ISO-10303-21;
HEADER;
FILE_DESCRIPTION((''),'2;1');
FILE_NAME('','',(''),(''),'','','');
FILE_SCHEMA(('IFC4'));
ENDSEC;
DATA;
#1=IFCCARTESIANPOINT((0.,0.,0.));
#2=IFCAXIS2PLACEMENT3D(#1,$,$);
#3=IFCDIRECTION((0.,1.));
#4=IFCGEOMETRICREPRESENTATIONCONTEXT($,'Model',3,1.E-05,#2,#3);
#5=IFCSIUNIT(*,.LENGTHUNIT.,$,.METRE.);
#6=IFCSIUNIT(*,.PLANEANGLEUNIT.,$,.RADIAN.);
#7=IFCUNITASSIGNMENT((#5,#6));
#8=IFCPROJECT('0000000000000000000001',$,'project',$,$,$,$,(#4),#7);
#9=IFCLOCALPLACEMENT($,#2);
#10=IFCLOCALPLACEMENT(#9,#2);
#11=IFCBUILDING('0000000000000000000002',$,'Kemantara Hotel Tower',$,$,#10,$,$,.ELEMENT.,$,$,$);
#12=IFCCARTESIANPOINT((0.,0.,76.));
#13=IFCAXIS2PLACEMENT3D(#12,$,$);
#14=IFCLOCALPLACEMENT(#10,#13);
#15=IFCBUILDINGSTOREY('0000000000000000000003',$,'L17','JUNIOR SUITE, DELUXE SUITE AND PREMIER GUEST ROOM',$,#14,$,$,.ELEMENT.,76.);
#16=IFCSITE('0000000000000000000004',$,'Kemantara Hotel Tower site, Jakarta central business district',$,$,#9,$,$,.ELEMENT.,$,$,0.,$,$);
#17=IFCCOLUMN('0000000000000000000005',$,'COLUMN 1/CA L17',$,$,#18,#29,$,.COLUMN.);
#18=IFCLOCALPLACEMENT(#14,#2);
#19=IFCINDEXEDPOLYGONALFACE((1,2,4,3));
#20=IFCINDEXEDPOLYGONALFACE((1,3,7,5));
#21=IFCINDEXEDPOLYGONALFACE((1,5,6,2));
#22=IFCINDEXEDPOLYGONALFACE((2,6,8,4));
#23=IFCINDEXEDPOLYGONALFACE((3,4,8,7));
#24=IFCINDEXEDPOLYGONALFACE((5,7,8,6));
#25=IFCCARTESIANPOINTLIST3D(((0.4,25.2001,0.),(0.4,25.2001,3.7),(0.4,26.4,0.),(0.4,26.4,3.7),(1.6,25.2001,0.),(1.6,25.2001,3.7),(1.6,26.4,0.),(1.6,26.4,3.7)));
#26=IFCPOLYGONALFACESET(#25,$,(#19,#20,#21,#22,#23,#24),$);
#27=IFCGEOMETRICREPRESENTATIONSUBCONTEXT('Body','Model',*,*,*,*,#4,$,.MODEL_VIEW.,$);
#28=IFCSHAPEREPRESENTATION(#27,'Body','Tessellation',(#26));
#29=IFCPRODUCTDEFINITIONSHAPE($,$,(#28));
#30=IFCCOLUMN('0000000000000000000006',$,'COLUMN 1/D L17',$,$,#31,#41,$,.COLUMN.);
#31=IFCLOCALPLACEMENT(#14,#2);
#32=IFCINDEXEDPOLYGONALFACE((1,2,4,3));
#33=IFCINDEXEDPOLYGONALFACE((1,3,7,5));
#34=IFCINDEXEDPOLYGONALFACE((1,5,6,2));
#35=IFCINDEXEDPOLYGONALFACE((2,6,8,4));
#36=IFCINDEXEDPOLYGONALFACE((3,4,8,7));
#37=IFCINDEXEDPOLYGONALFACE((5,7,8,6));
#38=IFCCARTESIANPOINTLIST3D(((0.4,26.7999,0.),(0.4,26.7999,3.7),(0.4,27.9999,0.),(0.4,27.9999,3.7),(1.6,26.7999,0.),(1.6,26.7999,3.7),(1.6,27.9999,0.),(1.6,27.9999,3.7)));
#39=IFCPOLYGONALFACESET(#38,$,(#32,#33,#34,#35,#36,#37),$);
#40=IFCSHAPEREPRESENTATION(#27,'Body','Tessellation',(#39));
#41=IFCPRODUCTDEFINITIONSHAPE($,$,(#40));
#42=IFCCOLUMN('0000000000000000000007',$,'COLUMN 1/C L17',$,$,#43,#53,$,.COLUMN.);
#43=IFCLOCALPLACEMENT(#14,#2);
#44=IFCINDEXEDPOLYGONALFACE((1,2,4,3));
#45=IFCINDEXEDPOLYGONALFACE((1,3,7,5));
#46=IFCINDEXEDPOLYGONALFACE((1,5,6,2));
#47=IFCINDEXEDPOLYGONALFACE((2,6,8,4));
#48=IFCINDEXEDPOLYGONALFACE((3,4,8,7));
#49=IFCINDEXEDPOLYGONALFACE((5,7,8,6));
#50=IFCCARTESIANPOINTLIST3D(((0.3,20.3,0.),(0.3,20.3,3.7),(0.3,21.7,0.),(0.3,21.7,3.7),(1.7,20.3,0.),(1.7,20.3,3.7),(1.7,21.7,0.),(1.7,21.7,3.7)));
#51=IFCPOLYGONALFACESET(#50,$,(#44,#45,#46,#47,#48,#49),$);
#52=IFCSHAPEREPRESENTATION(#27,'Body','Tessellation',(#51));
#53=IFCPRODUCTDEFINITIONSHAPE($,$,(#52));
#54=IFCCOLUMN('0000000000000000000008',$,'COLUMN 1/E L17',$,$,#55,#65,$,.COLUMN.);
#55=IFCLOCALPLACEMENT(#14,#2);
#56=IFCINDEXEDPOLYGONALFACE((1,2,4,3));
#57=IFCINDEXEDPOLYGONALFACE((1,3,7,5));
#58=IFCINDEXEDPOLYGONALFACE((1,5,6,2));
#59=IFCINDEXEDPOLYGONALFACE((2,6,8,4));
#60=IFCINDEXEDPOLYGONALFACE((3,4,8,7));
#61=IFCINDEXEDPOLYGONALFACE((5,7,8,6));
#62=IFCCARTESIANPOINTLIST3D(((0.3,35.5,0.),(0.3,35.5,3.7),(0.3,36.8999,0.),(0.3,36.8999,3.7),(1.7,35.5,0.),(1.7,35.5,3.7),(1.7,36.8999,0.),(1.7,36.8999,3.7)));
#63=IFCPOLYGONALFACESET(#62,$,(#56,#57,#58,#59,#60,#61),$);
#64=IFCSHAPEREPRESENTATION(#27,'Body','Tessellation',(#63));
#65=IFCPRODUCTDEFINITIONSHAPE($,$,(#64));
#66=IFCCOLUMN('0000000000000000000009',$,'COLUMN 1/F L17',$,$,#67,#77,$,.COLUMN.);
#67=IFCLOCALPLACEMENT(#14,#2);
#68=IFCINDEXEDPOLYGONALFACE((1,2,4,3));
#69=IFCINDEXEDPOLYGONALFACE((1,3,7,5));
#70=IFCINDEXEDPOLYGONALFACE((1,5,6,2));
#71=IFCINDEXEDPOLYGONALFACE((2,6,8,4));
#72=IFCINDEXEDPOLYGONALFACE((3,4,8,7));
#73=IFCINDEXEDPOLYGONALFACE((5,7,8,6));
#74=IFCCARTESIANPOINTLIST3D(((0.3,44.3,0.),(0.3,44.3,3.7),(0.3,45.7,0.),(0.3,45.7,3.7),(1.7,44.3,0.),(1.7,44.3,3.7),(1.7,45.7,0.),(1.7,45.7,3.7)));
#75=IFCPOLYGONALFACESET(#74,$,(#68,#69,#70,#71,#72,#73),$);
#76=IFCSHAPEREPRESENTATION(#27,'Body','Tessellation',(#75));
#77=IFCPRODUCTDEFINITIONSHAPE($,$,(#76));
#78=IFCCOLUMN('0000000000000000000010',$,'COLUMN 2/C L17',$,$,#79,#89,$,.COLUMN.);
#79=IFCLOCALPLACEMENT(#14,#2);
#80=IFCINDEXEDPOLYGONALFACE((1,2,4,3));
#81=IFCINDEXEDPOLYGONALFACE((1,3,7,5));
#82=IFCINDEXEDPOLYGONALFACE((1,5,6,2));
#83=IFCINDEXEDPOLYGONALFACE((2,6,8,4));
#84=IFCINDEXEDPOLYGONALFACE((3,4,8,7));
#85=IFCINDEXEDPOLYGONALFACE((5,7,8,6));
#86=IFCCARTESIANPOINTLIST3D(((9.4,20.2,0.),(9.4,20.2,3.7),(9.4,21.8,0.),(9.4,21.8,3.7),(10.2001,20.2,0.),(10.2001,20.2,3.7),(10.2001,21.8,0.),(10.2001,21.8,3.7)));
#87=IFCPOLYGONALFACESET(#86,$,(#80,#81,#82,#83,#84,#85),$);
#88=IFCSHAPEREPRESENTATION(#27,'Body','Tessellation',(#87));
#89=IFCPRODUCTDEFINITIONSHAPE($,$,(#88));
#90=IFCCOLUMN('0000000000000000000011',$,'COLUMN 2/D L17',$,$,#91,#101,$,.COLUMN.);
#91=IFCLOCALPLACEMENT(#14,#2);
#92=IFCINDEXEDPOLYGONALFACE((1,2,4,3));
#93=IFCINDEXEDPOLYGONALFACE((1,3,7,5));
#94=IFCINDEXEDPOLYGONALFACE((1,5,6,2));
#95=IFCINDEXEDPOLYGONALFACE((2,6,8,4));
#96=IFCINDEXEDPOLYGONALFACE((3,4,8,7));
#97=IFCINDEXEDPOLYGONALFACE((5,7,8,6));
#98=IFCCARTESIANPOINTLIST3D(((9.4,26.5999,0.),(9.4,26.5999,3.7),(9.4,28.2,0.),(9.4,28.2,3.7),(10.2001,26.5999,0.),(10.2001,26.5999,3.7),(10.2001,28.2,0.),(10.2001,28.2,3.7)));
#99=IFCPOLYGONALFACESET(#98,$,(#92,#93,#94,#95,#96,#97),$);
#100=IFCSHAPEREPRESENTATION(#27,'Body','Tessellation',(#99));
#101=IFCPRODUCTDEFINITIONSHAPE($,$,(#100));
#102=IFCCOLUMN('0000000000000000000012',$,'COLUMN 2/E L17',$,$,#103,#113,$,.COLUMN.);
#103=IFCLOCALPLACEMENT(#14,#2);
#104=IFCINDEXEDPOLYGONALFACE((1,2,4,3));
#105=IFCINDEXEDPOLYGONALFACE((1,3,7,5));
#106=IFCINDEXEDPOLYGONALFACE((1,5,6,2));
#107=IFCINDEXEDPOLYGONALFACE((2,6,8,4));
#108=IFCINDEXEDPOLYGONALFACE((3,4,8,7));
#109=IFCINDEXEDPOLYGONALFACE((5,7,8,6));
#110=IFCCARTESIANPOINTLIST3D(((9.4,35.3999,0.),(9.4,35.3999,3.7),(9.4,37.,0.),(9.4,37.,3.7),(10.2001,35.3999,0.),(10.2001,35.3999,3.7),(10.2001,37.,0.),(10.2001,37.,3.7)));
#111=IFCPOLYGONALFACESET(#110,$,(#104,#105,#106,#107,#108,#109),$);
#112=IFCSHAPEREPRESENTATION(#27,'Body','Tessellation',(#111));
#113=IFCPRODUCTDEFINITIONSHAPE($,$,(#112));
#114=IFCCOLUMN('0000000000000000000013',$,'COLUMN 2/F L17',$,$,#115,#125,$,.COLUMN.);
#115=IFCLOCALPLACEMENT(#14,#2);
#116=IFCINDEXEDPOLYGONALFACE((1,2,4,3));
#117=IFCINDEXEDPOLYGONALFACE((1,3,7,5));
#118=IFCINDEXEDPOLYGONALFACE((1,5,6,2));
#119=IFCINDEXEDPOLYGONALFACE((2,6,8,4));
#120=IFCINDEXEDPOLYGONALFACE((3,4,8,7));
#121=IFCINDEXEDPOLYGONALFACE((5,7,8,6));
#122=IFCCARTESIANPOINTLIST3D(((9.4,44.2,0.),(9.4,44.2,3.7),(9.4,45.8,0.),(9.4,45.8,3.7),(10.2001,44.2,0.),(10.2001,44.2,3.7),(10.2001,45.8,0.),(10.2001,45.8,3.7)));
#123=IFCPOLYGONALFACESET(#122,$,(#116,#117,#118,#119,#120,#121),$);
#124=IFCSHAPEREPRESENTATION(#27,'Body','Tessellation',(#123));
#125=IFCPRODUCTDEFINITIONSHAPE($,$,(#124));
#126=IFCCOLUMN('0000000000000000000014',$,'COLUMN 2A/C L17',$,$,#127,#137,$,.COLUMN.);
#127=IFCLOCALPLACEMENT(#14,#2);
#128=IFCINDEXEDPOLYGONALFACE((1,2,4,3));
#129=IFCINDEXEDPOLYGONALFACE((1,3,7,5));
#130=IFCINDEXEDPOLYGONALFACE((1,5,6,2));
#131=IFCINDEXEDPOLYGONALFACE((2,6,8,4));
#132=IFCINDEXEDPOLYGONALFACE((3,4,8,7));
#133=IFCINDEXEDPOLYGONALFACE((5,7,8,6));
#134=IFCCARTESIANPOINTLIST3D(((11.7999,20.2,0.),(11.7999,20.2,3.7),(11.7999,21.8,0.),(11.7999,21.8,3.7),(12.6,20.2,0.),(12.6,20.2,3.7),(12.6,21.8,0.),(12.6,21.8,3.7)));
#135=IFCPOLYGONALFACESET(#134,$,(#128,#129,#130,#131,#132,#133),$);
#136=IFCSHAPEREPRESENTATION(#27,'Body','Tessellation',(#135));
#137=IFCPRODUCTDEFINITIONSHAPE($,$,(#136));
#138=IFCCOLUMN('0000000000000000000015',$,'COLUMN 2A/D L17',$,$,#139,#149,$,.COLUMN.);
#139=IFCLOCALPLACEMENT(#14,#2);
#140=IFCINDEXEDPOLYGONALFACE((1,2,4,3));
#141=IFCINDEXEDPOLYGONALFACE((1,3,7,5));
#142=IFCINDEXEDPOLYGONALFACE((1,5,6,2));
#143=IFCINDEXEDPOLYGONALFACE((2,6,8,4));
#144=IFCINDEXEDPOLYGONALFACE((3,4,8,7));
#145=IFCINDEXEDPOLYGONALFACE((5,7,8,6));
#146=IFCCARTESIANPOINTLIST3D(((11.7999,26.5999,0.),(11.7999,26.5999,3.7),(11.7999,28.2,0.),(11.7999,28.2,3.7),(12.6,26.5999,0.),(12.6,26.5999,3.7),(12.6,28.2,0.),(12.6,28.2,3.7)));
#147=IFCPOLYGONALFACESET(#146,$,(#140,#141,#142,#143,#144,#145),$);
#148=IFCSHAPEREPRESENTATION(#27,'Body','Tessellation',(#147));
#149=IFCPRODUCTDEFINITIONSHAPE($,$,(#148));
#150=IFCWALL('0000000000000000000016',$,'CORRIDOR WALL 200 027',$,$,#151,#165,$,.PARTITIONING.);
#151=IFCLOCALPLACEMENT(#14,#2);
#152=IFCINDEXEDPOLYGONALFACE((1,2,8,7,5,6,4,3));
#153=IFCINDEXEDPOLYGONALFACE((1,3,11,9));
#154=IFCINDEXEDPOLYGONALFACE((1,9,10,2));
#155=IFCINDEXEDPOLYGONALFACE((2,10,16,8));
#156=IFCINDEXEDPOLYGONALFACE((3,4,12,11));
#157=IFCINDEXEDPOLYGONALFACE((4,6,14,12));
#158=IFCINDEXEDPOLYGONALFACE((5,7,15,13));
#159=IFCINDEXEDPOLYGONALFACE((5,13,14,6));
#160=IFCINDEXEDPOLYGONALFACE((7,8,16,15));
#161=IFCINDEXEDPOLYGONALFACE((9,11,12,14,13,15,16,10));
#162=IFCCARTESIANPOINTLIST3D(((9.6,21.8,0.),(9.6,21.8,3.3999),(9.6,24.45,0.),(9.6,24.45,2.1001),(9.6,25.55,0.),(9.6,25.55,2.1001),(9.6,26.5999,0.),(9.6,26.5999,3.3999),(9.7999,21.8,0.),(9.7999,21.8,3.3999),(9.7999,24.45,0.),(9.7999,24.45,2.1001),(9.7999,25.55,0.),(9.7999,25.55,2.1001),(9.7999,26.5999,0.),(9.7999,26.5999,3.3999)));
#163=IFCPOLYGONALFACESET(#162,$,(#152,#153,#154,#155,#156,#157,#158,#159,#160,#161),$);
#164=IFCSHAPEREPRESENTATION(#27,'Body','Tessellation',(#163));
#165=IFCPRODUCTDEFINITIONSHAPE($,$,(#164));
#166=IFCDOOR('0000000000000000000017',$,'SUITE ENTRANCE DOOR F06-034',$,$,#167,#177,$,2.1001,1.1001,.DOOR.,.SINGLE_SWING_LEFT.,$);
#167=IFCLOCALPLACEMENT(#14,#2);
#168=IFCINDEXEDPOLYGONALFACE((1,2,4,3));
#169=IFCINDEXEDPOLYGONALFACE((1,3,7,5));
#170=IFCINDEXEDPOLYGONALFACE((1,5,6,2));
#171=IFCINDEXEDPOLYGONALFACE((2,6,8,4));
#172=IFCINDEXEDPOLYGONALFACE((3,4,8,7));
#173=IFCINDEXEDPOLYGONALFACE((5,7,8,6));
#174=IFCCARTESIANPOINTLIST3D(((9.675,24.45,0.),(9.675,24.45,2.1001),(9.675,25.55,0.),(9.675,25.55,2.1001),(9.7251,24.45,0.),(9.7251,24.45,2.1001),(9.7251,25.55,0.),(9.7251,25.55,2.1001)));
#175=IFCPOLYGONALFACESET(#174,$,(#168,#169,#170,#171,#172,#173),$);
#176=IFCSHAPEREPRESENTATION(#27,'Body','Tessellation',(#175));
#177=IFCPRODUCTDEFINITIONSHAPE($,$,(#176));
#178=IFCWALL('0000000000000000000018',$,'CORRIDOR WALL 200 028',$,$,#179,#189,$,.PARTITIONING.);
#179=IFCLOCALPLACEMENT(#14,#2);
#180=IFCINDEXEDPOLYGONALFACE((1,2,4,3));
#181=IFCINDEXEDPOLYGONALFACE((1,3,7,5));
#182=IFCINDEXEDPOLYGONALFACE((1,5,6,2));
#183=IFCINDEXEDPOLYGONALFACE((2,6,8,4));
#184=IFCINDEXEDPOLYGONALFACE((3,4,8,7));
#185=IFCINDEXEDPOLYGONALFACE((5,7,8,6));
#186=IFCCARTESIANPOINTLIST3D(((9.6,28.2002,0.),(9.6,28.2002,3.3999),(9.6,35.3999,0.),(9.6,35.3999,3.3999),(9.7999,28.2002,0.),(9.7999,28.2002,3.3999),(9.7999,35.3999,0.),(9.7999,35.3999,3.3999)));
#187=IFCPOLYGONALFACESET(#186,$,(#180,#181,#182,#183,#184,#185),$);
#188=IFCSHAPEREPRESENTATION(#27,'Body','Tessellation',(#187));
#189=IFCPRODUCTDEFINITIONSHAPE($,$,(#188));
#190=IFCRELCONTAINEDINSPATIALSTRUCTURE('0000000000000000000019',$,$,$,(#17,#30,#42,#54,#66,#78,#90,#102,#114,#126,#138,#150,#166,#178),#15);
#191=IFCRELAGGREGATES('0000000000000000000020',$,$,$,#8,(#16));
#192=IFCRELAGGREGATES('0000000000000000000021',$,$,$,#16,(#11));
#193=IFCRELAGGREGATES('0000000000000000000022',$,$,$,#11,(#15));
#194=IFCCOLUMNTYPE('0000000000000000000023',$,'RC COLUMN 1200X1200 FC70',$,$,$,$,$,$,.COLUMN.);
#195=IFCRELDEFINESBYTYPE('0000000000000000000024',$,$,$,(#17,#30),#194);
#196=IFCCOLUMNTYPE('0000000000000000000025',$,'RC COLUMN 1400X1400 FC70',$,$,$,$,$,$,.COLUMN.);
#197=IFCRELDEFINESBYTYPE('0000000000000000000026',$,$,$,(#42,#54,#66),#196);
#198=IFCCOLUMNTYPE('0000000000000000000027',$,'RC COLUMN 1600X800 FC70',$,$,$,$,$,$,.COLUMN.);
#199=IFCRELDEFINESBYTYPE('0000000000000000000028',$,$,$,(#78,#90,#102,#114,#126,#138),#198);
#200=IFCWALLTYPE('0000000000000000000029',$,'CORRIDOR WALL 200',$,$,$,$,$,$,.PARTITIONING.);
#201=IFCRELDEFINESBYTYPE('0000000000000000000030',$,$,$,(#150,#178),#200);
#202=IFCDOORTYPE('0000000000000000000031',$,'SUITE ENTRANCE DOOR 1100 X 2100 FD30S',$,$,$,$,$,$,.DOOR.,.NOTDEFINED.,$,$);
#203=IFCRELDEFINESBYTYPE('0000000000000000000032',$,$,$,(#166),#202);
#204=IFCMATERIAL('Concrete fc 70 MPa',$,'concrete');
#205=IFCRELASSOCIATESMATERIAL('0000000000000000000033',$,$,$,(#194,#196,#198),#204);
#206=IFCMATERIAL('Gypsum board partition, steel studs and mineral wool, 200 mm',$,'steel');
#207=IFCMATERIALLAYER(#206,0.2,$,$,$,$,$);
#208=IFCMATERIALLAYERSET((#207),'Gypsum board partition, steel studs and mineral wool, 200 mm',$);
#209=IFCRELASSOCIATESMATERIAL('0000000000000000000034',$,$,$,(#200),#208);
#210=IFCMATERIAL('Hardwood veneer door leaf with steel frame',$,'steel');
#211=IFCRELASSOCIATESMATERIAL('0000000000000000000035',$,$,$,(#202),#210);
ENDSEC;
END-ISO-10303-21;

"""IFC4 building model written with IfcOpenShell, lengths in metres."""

from ifc_helpers import new_model, si_unit, direction, frame, frame_2d, origin, origin_2d, place, context, subcontext, project, spatial, rectangle, extrude, material, layer, layer_set, material_profile, profile_set, type_object, element, fill, save


model = new_model("IFC4")

# Units and contexts
model_context = context("Model", 3, precision=1e-05, world=origin(), true_north=direction((0.0, 1.0)))
body_context = subcontext(model_context, "Body", "Model", "MODEL_VIEW")
ifc_project = project(units=[si_unit("LENGTHUNIT", "METRE"), si_unit("PLANEANGLEUNIT", "RADIAN")], contexts=[model_context])

# Site, building, storey
site_placement = place(None, origin())
site = spatial("IfcSite", under=ifc_project, at=site_placement, Name="Kemantara Hotel Tower site, Jakarta central business district", CompositionType="ELEMENT", RefElevation=0.0)
building_placement = place(site_placement, origin())
building = spatial("IfcBuilding", under=site, at=building_placement, Name="Kemantara Hotel Tower", CompositionType="ELEMENT")
storey_placement = place(building_placement, frame((0.0, 0.0, 76.0)))
storey = spatial("IfcBuildingStorey", under=building, at=storey_placement, Name="L17", Description="JUNIOR SUITE, DELUXE SUITE AND PREMIER GUEST ROOM", CompositionType="ELEMENT", Elevation=76.0)

# Columns
ifc_material_1 = material(Name="Concrete fc 70 MPa", Category="concrete")
ifc_material_profile_1 = material_profile(ifc_material_1, rectangle(XDim=1.2, YDim=1.2, at=origin_2d()), Name="RC 1200X1200")
ifc_profile_set_1 = profile_set([ifc_material_profile_1], Name="Concrete fc 70 MPa")
column_type_1 = type_object("IfcColumnType", Name="RC COLUMN 1200X1200 FC70", PredefinedType="COLUMN", material=ifc_profile_set_1)
for number, where, z_axis, x_axis, name in (
    (1, (1.0, 25.8, 0.0), (0.0, 0.0, 1.0), (1.0, 0.0, 0.0), "COLUMN 1/CA L17"),
    (2, (1.0, 27.3999, 0.0), (0.0, 0.0, 1.0), (1.0, 0.0, 0.0), "COLUMN 1/D L17"),
):
    element("IfcColumn", number, at=place(storey_placement, frame(where, z_axis=z_axis, x_axis=x_axis)), inside=storey, type_object=column_type_1, Name=name, PredefinedType="COLUMN", context=body_context, shape_type="SweptSolid", body=[
        extrude(rectangle(XDim=1.2, YDim=1.2, at=origin_2d()), origin(), (0.0, 0.0, 1.0), 3.7),
    ])
ifc_material_profile_2 = material_profile(ifc_material_1, rectangle(XDim=1.3999, YDim=1.3999, at=origin_2d()), Name="RC 1400X1400")
ifc_profile_set_2 = profile_set([ifc_material_profile_2], Name="Concrete fc 70 MPa")
column_type_2 = type_object("IfcColumnType", Name="RC COLUMN 1400X1400 FC70", PredefinedType="COLUMN", material=ifc_profile_set_2)
for number, where, z_axis, x_axis, name in (
    (3, (1.0, 21.0, 0.0), (0.0, 0.0, 1.0), (1.0, 0.0, 0.0), "COLUMN 1/C L17"),
    (4, (1.0, 36.2, 0.0), (0.0, 0.0, 1.0), (1.0, 0.0, 0.0), "COLUMN 1/E L17"),
    (5, (1.0, 45.0, 0.0), (0.0, 0.0, 1.0), (1.0, 0.0, 0.0), "COLUMN 1/F L17"),
):
    element("IfcColumn", number, at=place(storey_placement, frame(where, z_axis=z_axis, x_axis=x_axis)), inside=storey, type_object=column_type_2, Name=name, PredefinedType="COLUMN", context=body_context, shape_type="SweptSolid", body=[
        extrude(rectangle(XDim=1.3999, YDim=1.3999, at=origin_2d()), origin(), (0.0, 0.0, 1.0), 3.7),
    ])
ifc_material_profile_3 = material_profile(ifc_material_1, rectangle(XDim=1.6001, YDim=0.8, at=origin_2d()), Name="RC 1600X800")
ifc_profile_set_3 = profile_set([ifc_material_profile_3], Name="Concrete fc 70 MPa")
column_type_3 = type_object("IfcColumnType", Name="RC COLUMN 1600X800 FC70", PredefinedType="COLUMN", material=ifc_profile_set_3)
for number, where, z_axis, x_axis, name in (
    (6, (9.8, 21.0, 0.0), (0.0, 0.0, 1.0), (0.0, 1.0, 0.0), "COLUMN 2/C L17"),
    (7, (9.8, 27.3999, 0.0), (0.0, 0.0, 1.0), (0.0, 1.0, 0.0), "COLUMN 2/D L17"),
    (8, (9.8, 36.2, 0.0), (0.0, 0.0, 1.0), (0.0, 1.0, 0.0), "COLUMN 2/E L17"),
    (9, (9.8, 45.0, 0.0), (0.0, 0.0, 1.0), (0.0, 1.0, 0.0), "COLUMN 2/F L17"),
    (10, (12.2, 21.0, 0.0), (0.0, 0.0, 1.0), (0.0, 1.0, 0.0), "COLUMN 2A/C L17"),
    (11, (12.2, 27.3999, 0.0), (0.0, 0.0, 1.0), (0.0, 1.0, 0.0), "COLUMN 2A/D L17"),
):
    element("IfcColumn", number, at=place(storey_placement, frame(where, z_axis=z_axis, x_axis=x_axis)), inside=storey, type_object=column_type_3, Name=name, PredefinedType="COLUMN", context=body_context, shape_type="SweptSolid", body=[
        extrude(rectangle(XDim=1.6001, YDim=0.8, at=origin_2d()), origin(), (0.0, 0.0, 1.0), 3.7),
    ])

# Wall, opening, door
ifc_material_2 = material(Name="Gypsum board partition, steel studs and mineral wool, 200 mm", Category="steel")
ifc_layer_1 = layer(ifc_material_2, 0.2)
ifc_layer_set_1 = layer_set([ifc_layer_1], Name="Gypsum board partition, steel studs and mineral wool, 200 mm")
wall_type_1 = type_object("IfcWallType", Name="CORRIDOR WALL 200", PredefinedType="PARTITIONING", material=ifc_layer_set_1)
wall_1_placement = place(storey_placement, frame((9.7, 21.8, 0.0), z_axis=(0.0, 0.0, 1.0), x_axis=(0.0, 1.0, 0.0)))
wall_1 = element("IfcWall", 12, at=wall_1_placement, inside=storey, type_object=wall_type_1, Name="CORRIDOR WALL 200 027", PredefinedType="PARTITIONING", context=body_context, shape_type="SweptSolid", body=[
    extrude(rectangle(XDim=4.7998, YDim=0.2, at=frame_2d((2.3999, 0.0))), origin(), (0.0, 0.0, 1.0), 3.3999),
])
opening_1_placement = place(wall_1_placement, frame((2.6499, 0.0, 0.0)))
opening_1 = element("IfcOpeningElement", 13, at=opening_1_placement, cuts=wall_1, PredefinedType="OPENING", context=body_context, shape_type="SweptSolid", body=[
    extrude(rectangle(XDim=1.1001, YDim=2.1001, at=frame_2d((0.55, 1.05))), frame((0.0, 0.1099, 0.0), z_axis=(0.0, -1.0, 0.0), x_axis=(1.0, 0.0, 0.0)), (0.0, 0.0, 1.0), 0.22),
])
ifc_material_3 = material(Name="Hardwood veneer door leaf with steel frame", Category="steel")
door_type_1 = type_object("IfcDoorType", Name="SUITE ENTRANCE DOOR 1100 X 2100 FD30S", OperationType="NOTDEFINED", PredefinedType="DOOR", material=ifc_material_3)
door_1_placement = place(opening_1_placement, origin())
door_1 = element("IfcDoor", 14, at=door_1_placement, inside=storey, type_object=door_type_1, Name="SUITE ENTRANCE DOOR F06-034", OperationType="SINGLE_SWING_LEFT", OverallHeight=2.1001, OverallWidth=1.1001, PredefinedType="DOOR", context=body_context, shape_type="SweptSolid", body=[
    extrude(rectangle(XDim=1.1001, YDim=2.1001, at=frame_2d((0.55, 1.05))), frame((0.0, 0.0249, 0.0), z_axis=(0.0, -1.0, 0.0), x_axis=(1.0, 0.0, 0.0)), (0.0, 0.0, 1.0), 0.05),
])
fill(opening_1, door_1)

# Wall
wall_2_placement = place(storey_placement, frame((9.7, 28.2002, 0.0), z_axis=(0.0, 0.0, 1.0), x_axis=(0.0, 1.0, 0.0)))
element("IfcWall", 15, at=wall_2_placement, inside=storey, type_object=wall_type_1, Name="CORRIDOR WALL 200 028", PredefinedType="PARTITIONING", context=body_context, shape_type="SweptSolid", body=[
    extrude(rectangle(XDim=7.1997, YDim=0.2, at=frame_2d((3.5999, 0.0))), origin(), (0.0, 0.0, 1.0), 3.3999),
])

save(model, "model.ifc")
